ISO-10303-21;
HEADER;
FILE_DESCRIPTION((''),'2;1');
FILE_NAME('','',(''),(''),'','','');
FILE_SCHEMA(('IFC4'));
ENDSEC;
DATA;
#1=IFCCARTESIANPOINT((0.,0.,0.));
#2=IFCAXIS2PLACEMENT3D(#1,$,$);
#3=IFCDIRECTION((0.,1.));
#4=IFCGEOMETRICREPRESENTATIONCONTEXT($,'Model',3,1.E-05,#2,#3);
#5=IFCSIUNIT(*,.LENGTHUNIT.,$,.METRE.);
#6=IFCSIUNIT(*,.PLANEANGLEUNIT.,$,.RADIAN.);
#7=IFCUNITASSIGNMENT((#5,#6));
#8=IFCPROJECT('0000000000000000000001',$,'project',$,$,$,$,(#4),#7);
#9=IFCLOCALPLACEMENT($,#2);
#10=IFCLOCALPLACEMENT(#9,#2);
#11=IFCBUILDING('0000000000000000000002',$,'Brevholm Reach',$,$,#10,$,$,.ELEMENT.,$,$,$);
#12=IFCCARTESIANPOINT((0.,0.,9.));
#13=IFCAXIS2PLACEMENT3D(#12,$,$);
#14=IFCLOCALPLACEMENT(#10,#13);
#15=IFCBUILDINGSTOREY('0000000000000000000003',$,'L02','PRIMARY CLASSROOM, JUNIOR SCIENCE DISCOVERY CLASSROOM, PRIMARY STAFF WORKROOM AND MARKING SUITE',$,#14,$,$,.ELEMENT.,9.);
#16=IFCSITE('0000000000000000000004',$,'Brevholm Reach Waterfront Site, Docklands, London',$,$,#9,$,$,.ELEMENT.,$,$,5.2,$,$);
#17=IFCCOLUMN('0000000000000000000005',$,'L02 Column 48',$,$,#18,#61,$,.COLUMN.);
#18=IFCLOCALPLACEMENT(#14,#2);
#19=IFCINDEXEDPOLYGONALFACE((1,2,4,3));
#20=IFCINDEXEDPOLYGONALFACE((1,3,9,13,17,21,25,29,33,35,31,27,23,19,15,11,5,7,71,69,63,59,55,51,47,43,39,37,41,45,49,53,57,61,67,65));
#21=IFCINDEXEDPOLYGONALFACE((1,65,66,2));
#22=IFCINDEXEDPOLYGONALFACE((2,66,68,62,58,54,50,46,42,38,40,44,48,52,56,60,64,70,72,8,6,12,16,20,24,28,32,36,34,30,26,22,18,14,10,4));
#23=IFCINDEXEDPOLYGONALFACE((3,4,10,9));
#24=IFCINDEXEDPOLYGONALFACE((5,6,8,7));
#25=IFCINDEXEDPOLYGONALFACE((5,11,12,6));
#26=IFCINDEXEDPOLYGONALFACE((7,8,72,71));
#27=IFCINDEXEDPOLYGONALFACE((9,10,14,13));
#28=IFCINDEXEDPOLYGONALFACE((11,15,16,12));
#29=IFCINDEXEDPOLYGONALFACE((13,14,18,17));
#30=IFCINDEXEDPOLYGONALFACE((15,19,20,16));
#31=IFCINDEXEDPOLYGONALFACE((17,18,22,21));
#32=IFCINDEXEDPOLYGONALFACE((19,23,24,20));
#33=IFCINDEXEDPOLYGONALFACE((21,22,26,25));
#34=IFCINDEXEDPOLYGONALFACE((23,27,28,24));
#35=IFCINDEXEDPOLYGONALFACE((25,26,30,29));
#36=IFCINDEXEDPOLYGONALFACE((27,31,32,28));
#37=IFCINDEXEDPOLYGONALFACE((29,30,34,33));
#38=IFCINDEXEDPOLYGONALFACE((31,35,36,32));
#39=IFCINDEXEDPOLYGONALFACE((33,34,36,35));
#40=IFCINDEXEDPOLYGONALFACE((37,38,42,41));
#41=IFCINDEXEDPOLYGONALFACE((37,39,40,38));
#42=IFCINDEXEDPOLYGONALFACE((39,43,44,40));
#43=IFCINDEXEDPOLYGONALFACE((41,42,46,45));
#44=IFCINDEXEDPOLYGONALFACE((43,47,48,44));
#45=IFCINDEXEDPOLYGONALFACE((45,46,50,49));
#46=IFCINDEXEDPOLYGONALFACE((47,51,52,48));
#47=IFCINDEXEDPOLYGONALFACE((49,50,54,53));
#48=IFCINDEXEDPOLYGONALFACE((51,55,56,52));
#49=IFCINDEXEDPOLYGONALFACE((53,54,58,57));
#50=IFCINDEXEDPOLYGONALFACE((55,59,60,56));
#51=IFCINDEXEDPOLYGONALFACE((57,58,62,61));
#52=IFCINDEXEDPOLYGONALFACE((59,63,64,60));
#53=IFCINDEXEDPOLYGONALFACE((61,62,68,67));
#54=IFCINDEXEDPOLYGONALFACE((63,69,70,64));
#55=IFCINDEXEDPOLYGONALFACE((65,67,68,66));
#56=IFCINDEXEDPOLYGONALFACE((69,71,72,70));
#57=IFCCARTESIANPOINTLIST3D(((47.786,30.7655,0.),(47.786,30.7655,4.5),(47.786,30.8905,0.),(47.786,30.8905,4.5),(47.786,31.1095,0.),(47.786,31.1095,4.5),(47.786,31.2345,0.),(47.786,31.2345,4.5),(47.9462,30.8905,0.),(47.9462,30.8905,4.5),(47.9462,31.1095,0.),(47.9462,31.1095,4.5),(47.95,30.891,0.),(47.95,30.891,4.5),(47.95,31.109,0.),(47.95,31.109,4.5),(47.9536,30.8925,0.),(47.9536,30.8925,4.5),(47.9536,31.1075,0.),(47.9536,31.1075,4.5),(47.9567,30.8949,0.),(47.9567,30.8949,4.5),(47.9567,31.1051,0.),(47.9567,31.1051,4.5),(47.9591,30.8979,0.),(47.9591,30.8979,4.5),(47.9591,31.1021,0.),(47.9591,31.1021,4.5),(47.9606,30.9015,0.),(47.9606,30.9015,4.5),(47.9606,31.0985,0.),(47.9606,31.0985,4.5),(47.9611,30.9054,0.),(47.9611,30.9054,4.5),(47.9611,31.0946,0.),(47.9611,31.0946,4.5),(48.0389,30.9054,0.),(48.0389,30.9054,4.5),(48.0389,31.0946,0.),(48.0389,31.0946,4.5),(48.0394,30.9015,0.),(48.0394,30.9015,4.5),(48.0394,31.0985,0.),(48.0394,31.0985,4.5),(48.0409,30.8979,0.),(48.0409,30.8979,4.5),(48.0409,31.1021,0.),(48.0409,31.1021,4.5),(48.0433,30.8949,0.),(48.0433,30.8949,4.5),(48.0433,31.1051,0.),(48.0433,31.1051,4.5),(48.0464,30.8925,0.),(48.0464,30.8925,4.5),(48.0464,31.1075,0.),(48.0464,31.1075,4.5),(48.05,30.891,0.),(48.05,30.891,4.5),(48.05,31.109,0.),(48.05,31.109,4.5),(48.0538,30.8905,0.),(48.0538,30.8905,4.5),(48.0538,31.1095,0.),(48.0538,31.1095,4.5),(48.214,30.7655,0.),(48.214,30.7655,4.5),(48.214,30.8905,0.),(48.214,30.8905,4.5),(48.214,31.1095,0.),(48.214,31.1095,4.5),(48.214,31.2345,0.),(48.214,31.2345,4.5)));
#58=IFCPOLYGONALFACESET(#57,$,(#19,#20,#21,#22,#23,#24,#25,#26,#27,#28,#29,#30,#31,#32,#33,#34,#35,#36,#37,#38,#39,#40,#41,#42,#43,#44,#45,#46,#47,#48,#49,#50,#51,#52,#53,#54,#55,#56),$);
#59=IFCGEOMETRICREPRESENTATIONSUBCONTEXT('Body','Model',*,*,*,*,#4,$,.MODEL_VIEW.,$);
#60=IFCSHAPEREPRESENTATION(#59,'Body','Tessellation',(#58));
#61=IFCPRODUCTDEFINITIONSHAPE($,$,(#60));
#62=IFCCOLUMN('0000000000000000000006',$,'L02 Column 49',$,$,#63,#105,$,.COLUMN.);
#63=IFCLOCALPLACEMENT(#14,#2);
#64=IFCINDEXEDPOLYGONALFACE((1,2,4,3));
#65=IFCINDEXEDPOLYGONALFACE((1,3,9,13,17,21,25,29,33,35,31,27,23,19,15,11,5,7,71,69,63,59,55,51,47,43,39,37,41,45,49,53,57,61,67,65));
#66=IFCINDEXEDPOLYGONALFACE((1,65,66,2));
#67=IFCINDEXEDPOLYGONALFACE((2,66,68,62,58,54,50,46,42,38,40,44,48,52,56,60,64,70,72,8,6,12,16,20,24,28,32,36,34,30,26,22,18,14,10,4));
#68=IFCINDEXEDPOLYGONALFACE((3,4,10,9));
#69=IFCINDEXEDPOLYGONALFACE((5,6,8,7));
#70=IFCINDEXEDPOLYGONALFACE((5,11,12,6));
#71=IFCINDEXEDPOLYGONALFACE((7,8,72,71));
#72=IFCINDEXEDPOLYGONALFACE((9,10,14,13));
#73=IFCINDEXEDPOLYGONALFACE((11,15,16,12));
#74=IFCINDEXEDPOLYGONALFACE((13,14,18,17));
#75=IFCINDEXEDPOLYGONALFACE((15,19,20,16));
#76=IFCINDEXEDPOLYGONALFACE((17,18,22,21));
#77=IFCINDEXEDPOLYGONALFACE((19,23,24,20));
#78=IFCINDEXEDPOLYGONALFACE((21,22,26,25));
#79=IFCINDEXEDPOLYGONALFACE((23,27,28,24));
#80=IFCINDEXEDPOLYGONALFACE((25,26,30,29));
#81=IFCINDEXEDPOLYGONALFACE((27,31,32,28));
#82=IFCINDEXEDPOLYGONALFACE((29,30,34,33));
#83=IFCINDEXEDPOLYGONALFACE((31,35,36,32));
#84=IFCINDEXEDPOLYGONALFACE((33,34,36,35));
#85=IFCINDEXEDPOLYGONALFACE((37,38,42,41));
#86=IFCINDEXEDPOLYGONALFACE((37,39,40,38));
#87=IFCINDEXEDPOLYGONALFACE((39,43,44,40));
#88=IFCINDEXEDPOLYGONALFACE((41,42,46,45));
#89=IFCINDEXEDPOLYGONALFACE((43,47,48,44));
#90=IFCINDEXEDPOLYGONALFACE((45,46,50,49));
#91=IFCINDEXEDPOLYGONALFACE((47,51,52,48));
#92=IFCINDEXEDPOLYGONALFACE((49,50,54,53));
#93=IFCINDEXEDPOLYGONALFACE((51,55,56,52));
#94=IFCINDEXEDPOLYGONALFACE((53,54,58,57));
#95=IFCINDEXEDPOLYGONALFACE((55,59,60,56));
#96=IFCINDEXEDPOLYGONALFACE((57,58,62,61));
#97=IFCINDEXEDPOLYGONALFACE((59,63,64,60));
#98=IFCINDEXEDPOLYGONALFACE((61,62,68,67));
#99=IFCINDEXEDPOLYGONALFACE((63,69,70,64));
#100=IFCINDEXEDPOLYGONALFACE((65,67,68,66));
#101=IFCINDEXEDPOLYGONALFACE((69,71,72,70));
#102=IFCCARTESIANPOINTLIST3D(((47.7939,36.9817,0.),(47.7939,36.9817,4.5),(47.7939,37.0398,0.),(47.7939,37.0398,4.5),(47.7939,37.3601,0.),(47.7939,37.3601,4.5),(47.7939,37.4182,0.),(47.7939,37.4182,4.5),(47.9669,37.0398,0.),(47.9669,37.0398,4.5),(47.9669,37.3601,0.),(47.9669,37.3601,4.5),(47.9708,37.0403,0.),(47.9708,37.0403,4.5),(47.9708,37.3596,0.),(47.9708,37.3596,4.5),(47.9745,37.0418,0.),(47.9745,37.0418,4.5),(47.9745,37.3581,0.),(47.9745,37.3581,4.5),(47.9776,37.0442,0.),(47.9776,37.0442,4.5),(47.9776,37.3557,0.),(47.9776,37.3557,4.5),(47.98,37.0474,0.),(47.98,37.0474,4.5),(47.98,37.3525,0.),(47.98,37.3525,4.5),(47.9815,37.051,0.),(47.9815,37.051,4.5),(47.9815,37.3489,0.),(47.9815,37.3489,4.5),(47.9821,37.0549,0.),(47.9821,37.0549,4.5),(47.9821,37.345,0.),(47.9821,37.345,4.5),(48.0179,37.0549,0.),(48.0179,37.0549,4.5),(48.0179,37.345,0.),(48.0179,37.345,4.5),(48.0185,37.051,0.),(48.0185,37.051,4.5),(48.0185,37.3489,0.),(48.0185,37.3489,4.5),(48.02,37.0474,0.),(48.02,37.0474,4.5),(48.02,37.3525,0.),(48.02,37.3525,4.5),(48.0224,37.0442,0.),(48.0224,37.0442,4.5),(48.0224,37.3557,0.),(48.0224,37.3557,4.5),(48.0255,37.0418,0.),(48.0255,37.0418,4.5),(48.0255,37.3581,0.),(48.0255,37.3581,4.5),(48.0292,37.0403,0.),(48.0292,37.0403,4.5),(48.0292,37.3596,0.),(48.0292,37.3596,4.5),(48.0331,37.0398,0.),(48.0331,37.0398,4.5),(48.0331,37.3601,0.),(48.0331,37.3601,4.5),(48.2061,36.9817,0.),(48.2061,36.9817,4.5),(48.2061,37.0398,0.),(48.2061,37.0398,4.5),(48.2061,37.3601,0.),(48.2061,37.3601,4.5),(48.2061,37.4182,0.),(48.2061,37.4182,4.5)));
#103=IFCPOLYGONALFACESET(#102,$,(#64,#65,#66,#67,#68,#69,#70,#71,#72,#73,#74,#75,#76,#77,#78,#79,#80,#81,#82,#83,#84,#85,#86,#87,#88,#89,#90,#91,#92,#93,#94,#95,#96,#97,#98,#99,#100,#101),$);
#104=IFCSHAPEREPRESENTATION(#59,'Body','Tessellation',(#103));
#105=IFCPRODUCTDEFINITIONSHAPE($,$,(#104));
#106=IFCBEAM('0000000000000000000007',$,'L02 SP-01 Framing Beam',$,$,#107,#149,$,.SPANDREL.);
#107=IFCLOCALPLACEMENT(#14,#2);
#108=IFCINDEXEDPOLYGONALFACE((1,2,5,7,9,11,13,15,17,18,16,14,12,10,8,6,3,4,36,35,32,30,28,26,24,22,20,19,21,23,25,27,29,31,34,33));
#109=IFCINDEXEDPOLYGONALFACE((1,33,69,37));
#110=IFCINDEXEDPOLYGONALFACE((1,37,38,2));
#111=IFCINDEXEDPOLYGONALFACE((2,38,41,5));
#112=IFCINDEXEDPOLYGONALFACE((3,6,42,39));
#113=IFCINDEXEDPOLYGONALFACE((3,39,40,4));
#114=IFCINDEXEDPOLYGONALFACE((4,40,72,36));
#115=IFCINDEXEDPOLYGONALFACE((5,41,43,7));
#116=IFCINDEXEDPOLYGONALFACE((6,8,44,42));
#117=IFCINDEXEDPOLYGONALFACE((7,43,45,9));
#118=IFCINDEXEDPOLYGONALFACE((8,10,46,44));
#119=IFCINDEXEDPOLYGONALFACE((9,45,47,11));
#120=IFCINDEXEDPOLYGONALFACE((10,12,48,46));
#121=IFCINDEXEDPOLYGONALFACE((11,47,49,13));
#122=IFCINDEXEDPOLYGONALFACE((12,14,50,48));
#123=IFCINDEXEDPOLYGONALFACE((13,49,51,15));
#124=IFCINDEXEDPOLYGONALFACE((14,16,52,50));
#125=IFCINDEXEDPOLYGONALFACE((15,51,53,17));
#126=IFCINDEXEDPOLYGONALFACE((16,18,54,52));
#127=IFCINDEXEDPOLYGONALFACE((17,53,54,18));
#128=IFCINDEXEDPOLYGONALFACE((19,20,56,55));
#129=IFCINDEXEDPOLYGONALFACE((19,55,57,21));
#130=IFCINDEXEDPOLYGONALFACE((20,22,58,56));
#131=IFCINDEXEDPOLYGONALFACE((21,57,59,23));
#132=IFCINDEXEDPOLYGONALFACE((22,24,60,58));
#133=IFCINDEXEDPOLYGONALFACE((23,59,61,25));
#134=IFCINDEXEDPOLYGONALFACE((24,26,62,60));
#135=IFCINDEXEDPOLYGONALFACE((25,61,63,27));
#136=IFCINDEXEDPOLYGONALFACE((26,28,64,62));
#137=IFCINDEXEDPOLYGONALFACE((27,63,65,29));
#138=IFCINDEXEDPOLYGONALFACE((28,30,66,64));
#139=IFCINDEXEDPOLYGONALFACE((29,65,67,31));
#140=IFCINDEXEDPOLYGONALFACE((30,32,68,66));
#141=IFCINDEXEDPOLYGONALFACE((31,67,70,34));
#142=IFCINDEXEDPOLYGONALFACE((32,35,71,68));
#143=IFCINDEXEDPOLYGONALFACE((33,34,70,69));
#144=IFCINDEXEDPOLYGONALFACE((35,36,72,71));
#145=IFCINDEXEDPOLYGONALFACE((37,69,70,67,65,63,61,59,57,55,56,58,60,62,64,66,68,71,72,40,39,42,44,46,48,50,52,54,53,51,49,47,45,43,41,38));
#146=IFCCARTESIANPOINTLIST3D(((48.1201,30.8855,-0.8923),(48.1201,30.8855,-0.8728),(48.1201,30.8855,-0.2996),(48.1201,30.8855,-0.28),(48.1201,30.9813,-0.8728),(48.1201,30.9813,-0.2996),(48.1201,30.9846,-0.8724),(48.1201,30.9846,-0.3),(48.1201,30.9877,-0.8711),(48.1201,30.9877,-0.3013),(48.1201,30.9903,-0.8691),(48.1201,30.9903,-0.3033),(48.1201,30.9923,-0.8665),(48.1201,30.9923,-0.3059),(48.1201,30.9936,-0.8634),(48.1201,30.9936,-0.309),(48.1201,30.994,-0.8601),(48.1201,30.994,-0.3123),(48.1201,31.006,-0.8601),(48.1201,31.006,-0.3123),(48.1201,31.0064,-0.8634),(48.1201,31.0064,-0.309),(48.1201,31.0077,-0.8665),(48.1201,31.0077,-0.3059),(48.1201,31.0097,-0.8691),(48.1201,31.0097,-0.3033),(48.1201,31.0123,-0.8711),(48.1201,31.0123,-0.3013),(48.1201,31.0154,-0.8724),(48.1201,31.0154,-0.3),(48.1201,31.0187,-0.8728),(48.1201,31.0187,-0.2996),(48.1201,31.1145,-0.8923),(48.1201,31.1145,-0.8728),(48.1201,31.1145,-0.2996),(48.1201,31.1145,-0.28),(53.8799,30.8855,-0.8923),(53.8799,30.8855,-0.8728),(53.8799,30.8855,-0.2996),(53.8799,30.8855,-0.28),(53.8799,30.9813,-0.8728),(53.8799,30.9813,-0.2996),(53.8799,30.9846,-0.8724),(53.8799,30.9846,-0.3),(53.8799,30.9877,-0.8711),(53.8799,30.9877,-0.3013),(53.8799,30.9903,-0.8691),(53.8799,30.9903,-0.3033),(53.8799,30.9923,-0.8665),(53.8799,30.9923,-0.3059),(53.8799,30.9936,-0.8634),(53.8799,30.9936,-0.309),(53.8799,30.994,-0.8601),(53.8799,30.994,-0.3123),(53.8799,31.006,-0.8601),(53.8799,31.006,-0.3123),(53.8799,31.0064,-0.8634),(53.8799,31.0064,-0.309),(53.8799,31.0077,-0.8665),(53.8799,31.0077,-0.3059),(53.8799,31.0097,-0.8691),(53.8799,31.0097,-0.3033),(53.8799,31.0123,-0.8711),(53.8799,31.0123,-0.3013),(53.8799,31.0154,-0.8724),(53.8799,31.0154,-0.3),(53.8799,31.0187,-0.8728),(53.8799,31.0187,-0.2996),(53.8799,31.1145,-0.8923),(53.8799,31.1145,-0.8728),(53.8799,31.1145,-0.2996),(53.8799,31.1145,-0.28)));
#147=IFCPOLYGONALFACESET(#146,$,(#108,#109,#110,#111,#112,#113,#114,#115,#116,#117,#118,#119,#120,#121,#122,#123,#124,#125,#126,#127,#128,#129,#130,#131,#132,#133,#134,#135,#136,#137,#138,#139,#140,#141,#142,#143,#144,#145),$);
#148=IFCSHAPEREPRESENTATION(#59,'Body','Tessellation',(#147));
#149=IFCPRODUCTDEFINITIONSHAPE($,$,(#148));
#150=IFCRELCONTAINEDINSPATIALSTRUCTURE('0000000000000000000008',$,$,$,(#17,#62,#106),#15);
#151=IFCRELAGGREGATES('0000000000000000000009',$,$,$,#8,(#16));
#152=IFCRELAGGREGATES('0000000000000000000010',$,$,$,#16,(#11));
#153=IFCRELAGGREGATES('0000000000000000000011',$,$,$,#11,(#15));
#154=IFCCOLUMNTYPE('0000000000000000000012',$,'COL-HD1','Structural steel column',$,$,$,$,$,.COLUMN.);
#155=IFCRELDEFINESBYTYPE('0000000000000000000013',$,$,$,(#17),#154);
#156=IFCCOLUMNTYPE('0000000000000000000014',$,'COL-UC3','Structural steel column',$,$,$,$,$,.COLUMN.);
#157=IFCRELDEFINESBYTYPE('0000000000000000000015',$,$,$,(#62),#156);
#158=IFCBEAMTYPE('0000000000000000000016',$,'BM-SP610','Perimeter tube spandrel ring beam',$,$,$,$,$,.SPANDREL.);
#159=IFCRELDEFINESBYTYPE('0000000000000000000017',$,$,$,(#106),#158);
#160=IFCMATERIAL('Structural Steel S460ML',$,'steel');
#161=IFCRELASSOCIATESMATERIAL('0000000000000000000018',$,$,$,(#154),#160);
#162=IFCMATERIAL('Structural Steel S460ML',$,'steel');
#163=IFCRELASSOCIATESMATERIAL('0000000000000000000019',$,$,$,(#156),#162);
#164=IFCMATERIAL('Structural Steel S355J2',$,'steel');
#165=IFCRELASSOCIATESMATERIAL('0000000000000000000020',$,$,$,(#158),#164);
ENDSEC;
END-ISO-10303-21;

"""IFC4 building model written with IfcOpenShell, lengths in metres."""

from ifc_helpers import new_model, si_unit, direction, frame, origin, origin_2d, place, context, subcontext, project, spatial, i_section, extrude, material, material_profile, profile_set, type_object, element, save


model = new_model("IFC4")

# Units and contexts
model_context = context("Model", 3, precision=1e-05, world=origin(), true_north=direction((0.0, 1.0)))
body_context = subcontext(model_context, "Body", "Model", "MODEL_VIEW")
ifc_project = project(units=[si_unit("LENGTHUNIT", "METRE"), si_unit("PLANEANGLEUNIT", "RADIAN")], contexts=[model_context])

# Site, building, storey
site_placement = place(None, origin())
site = spatial("IfcSite", under=ifc_project, at=site_placement, Name="Brevholm Reach Waterfront Site, Docklands, London", CompositionType="ELEMENT", RefElevation=5.2)
building_placement = place(site_placement, origin())
building = spatial("IfcBuilding", under=site, at=building_placement, Name="Brevholm Reach", CompositionType="ELEMENT")
storey_placement = place(building_placement, frame((0.0, 0.0, 9.0)))
storey = spatial("IfcBuildingStorey", under=building, at=storey_placement, Name="L02", Description="PRIMARY CLASSROOM, JUNIOR SCIENCE DISCOVERY CLASSROOM, PRIMARY STAFF WORKROOM AND MARKING SUITE", CompositionType="ELEMENT", Elevation=9.0)

# Columns
ifc_material_1 = material(Name="Structural Steel S460ML", Category="steel")
ifc_material_profile_1 = material_profile(ifc_material_1, i_section(OverallWidth=0.428, OverallDepth=0.469, WebThickness=0.0779, FlangeThickness=0.125, FilletRadius=0.0149, at=origin_2d()), Name="HD 400x1086")
ifc_profile_set_1 = profile_set([ifc_material_profile_1], Name="Structural Steel S460ML")
column_type_1 = type_object("IfcColumnType", Name="COL-HD1", Description="Structural steel column", PredefinedType="COLUMN", material=ifc_profile_set_1)
column_1_placement = place(storey_placement, frame((48.0, 31.0, 0.0), z_axis=(0.0, 0.0, 1.0), x_axis=(1.0, 0.0, 0.0)))
element("IfcColumn", 1, at=column_1_placement, inside=storey, type_object=column_type_1, Name="L02 Column 48", PredefinedType="COLUMN", context=body_context, shape_type="SweptSolid", body=[
    extrude(i_section(OverallWidth=0.428, OverallDepth=0.469, WebThickness=0.0779, FlangeThickness=0.125, FilletRadius=0.0149, at=origin_2d()), origin(), (0.0, 0.0, 1.0), 4.5),
])
ifc_material_2 = material(Name="Structural Steel S460ML", Category="steel")
ifc_material_profile_2 = material_profile(ifc_material_2, i_section(OverallWidth=0.4121, OverallDepth=0.4365, WebThickness=0.0359, FlangeThickness=0.0581, FilletRadius=0.0151, at=origin_2d()), Name="UKC 356x406x467")
ifc_profile_set_2 = profile_set([ifc_material_profile_2], Name="Structural Steel S460ML")
column_type_2 = type_object("IfcColumnType", Name="COL-UC3", Description="Structural steel column", PredefinedType="COLUMN", material=ifc_profile_set_2)
column_2_placement = place(storey_placement, frame((48.0, 37.2, 0.0), z_axis=(0.0, 0.0, 1.0), x_axis=(1.0, 0.0, 0.0)))
element("IfcColumn", 2, at=column_2_placement, inside=storey, type_object=column_type_2, Name="L02 Column 49", PredefinedType="COLUMN", context=body_context, shape_type="SweptSolid", body=[
    extrude(i_section(OverallWidth=0.4121, OverallDepth=0.4365, WebThickness=0.0359, FlangeThickness=0.0581, FilletRadius=0.0151, at=origin_2d()), origin(), (0.0, 0.0, 1.0), 4.5),
])

# Beam
ifc_material_3 = material(Name="Structural Steel S355J2", Category="steel")
ifc_material_profile_3 = material_profile(ifc_material_3, i_section(OverallWidth=0.229, OverallDepth=0.6123, WebThickness=0.012, FlangeThickness=0.0195, FilletRadius=0.0127, at=origin_2d()), Name="UKB 610x229x125")
ifc_profile_set_3 = profile_set([ifc_material_profile_3], Name="Structural Steel S355J2")
beam_type_1 = type_object("IfcBeamType", Name="BM-SP610", Description="Perimeter tube spandrel ring beam", PredefinedType="SPANDREL", material=ifc_profile_set_3)
beam_1_placement = place(storey_placement, frame((48.1201, 31.0, -0.5862), z_axis=(1.0, 0.0, 0.0), x_axis=(0.0, 1.0, 0.0)))
element("IfcBeam", 3, at=beam_1_placement, inside=storey, type_object=beam_type_1, Name="L02 SP-01 Framing Beam", PredefinedType="SPANDREL", context=body_context, shape_type="SweptSolid", body=[
    extrude(i_section(OverallWidth=0.229, OverallDepth=0.6123, WebThickness=0.012, FlangeThickness=0.0195, FilletRadius=0.0127, at=origin_2d()), origin(), (0.0, 0.0, 1.0), 5.7598),
])

save(model, "model.ifc")
